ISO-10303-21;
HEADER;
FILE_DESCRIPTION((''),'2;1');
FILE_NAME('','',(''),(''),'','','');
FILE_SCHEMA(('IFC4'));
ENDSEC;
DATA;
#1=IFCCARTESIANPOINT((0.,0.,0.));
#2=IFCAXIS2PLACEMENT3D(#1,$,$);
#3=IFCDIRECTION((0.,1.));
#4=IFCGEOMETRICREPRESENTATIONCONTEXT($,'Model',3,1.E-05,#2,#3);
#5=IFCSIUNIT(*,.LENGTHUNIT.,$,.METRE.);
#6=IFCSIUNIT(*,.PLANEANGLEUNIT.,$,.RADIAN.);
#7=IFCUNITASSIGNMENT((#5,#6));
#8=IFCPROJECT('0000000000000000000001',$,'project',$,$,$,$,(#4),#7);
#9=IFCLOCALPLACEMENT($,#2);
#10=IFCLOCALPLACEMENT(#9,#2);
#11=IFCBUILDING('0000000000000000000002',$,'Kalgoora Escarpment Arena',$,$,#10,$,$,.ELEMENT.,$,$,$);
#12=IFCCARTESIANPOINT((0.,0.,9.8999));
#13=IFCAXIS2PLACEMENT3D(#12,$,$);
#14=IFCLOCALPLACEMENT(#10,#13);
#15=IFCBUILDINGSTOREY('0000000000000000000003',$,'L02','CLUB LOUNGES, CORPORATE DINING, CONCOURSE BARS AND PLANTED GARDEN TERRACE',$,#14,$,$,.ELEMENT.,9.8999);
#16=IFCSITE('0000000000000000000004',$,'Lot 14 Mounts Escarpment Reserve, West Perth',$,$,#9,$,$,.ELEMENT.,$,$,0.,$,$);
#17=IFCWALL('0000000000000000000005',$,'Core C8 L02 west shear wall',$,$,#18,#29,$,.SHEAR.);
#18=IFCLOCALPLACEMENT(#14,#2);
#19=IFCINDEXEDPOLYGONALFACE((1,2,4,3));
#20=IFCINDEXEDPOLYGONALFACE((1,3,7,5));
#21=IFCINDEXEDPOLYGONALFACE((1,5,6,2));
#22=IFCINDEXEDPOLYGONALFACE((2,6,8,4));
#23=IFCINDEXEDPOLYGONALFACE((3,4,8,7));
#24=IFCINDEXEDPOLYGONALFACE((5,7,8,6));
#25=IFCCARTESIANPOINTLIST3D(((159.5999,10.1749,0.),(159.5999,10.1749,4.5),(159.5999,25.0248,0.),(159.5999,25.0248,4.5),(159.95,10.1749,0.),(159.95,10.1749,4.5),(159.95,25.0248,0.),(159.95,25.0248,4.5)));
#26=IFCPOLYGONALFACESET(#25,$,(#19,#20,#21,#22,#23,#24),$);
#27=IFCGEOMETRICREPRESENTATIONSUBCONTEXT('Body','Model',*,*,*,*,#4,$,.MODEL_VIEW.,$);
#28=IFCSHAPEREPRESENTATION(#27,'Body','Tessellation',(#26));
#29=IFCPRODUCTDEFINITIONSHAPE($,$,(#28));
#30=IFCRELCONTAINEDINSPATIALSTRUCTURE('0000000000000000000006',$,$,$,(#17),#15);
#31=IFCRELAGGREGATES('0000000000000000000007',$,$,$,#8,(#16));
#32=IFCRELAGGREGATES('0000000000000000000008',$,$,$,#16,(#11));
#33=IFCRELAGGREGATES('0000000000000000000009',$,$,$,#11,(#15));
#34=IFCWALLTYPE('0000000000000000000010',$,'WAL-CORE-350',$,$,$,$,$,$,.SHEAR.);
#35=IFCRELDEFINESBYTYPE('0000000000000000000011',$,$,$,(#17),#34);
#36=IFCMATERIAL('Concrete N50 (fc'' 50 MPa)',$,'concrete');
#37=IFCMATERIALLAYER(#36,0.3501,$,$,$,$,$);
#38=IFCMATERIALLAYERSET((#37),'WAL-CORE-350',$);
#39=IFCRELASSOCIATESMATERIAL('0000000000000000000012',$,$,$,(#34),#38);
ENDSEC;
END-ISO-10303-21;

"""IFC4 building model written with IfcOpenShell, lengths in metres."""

from ifc_helpers import new_model, si_unit, direction, frame, frame_2d, origin, place, context, subcontext, project, spatial, rectangle, extrude, material, layer, layer_set, type_object, element, save


model = new_model("IFC4")

# Units and contexts
model_context = context("Model", 3, precision=1e-05, world=origin(), true_north=direction((0.0, 1.0)))
body_context = subcontext(model_context, "Body", "Model", "MODEL_VIEW")
ifc_project = project(units=[si_unit("LENGTHUNIT", "METRE"), si_unit("PLANEANGLEUNIT", "RADIAN")], contexts=[model_context])

# Site, building, storey
site_placement = place(None, origin())
site = spatial("IfcSite", under=ifc_project, at=site_placement, Name="Lot 14 Mounts Escarpment Reserve, West Perth", CompositionType="ELEMENT", RefElevation=0.0)
building_placement = place(site_placement, origin())
building = spatial("IfcBuilding", under=site, at=building_placement, Name="Kalgoora Escarpment Arena", CompositionType="ELEMENT")
storey_placement = place(building_placement, frame((0.0, 0.0, 9.8999)))
storey = spatial("IfcBuildingStorey", under=building, at=storey_placement, Name="L02", Description="CLUB LOUNGES, CORPORATE DINING, CONCOURSE BARS AND PLANTED GARDEN TERRACE", CompositionType="ELEMENT", Elevation=9.8999)

# Wall
ifc_material_1 = material(Name="Concrete N50 (fc' 50 MPa)", Category="concrete")
ifc_layer_1 = layer(ifc_material_1, 0.3501)
ifc_layer_set_1 = layer_set([ifc_layer_1], Name="WAL-CORE-350")
wall_type = type_object("IfcWallType", Name="WAL-CORE-350", PredefinedType="SHEAR", material=ifc_layer_set_1)
wall_1_placement = place(storey_placement, frame((159.7749, 10.175, 0.0), z_axis=(0.0, 0.0, 1.0), x_axis=(0.0, 1.0, 0.0)))
element("IfcWall", 1, at=wall_1_placement, inside=storey, type_object=wall_type, Name="Core C8 L02 west shear wall", PredefinedType="SHEAR", context=body_context, shape_type="SweptSolid", body=[
    extrude(rectangle(XDim=14.8499, YDim=0.3501, at=frame_2d((7.4248, 0.0))), origin(), (0.0, 0.0, 1.0), 4.5),
])

save(model, "model.ifc")
